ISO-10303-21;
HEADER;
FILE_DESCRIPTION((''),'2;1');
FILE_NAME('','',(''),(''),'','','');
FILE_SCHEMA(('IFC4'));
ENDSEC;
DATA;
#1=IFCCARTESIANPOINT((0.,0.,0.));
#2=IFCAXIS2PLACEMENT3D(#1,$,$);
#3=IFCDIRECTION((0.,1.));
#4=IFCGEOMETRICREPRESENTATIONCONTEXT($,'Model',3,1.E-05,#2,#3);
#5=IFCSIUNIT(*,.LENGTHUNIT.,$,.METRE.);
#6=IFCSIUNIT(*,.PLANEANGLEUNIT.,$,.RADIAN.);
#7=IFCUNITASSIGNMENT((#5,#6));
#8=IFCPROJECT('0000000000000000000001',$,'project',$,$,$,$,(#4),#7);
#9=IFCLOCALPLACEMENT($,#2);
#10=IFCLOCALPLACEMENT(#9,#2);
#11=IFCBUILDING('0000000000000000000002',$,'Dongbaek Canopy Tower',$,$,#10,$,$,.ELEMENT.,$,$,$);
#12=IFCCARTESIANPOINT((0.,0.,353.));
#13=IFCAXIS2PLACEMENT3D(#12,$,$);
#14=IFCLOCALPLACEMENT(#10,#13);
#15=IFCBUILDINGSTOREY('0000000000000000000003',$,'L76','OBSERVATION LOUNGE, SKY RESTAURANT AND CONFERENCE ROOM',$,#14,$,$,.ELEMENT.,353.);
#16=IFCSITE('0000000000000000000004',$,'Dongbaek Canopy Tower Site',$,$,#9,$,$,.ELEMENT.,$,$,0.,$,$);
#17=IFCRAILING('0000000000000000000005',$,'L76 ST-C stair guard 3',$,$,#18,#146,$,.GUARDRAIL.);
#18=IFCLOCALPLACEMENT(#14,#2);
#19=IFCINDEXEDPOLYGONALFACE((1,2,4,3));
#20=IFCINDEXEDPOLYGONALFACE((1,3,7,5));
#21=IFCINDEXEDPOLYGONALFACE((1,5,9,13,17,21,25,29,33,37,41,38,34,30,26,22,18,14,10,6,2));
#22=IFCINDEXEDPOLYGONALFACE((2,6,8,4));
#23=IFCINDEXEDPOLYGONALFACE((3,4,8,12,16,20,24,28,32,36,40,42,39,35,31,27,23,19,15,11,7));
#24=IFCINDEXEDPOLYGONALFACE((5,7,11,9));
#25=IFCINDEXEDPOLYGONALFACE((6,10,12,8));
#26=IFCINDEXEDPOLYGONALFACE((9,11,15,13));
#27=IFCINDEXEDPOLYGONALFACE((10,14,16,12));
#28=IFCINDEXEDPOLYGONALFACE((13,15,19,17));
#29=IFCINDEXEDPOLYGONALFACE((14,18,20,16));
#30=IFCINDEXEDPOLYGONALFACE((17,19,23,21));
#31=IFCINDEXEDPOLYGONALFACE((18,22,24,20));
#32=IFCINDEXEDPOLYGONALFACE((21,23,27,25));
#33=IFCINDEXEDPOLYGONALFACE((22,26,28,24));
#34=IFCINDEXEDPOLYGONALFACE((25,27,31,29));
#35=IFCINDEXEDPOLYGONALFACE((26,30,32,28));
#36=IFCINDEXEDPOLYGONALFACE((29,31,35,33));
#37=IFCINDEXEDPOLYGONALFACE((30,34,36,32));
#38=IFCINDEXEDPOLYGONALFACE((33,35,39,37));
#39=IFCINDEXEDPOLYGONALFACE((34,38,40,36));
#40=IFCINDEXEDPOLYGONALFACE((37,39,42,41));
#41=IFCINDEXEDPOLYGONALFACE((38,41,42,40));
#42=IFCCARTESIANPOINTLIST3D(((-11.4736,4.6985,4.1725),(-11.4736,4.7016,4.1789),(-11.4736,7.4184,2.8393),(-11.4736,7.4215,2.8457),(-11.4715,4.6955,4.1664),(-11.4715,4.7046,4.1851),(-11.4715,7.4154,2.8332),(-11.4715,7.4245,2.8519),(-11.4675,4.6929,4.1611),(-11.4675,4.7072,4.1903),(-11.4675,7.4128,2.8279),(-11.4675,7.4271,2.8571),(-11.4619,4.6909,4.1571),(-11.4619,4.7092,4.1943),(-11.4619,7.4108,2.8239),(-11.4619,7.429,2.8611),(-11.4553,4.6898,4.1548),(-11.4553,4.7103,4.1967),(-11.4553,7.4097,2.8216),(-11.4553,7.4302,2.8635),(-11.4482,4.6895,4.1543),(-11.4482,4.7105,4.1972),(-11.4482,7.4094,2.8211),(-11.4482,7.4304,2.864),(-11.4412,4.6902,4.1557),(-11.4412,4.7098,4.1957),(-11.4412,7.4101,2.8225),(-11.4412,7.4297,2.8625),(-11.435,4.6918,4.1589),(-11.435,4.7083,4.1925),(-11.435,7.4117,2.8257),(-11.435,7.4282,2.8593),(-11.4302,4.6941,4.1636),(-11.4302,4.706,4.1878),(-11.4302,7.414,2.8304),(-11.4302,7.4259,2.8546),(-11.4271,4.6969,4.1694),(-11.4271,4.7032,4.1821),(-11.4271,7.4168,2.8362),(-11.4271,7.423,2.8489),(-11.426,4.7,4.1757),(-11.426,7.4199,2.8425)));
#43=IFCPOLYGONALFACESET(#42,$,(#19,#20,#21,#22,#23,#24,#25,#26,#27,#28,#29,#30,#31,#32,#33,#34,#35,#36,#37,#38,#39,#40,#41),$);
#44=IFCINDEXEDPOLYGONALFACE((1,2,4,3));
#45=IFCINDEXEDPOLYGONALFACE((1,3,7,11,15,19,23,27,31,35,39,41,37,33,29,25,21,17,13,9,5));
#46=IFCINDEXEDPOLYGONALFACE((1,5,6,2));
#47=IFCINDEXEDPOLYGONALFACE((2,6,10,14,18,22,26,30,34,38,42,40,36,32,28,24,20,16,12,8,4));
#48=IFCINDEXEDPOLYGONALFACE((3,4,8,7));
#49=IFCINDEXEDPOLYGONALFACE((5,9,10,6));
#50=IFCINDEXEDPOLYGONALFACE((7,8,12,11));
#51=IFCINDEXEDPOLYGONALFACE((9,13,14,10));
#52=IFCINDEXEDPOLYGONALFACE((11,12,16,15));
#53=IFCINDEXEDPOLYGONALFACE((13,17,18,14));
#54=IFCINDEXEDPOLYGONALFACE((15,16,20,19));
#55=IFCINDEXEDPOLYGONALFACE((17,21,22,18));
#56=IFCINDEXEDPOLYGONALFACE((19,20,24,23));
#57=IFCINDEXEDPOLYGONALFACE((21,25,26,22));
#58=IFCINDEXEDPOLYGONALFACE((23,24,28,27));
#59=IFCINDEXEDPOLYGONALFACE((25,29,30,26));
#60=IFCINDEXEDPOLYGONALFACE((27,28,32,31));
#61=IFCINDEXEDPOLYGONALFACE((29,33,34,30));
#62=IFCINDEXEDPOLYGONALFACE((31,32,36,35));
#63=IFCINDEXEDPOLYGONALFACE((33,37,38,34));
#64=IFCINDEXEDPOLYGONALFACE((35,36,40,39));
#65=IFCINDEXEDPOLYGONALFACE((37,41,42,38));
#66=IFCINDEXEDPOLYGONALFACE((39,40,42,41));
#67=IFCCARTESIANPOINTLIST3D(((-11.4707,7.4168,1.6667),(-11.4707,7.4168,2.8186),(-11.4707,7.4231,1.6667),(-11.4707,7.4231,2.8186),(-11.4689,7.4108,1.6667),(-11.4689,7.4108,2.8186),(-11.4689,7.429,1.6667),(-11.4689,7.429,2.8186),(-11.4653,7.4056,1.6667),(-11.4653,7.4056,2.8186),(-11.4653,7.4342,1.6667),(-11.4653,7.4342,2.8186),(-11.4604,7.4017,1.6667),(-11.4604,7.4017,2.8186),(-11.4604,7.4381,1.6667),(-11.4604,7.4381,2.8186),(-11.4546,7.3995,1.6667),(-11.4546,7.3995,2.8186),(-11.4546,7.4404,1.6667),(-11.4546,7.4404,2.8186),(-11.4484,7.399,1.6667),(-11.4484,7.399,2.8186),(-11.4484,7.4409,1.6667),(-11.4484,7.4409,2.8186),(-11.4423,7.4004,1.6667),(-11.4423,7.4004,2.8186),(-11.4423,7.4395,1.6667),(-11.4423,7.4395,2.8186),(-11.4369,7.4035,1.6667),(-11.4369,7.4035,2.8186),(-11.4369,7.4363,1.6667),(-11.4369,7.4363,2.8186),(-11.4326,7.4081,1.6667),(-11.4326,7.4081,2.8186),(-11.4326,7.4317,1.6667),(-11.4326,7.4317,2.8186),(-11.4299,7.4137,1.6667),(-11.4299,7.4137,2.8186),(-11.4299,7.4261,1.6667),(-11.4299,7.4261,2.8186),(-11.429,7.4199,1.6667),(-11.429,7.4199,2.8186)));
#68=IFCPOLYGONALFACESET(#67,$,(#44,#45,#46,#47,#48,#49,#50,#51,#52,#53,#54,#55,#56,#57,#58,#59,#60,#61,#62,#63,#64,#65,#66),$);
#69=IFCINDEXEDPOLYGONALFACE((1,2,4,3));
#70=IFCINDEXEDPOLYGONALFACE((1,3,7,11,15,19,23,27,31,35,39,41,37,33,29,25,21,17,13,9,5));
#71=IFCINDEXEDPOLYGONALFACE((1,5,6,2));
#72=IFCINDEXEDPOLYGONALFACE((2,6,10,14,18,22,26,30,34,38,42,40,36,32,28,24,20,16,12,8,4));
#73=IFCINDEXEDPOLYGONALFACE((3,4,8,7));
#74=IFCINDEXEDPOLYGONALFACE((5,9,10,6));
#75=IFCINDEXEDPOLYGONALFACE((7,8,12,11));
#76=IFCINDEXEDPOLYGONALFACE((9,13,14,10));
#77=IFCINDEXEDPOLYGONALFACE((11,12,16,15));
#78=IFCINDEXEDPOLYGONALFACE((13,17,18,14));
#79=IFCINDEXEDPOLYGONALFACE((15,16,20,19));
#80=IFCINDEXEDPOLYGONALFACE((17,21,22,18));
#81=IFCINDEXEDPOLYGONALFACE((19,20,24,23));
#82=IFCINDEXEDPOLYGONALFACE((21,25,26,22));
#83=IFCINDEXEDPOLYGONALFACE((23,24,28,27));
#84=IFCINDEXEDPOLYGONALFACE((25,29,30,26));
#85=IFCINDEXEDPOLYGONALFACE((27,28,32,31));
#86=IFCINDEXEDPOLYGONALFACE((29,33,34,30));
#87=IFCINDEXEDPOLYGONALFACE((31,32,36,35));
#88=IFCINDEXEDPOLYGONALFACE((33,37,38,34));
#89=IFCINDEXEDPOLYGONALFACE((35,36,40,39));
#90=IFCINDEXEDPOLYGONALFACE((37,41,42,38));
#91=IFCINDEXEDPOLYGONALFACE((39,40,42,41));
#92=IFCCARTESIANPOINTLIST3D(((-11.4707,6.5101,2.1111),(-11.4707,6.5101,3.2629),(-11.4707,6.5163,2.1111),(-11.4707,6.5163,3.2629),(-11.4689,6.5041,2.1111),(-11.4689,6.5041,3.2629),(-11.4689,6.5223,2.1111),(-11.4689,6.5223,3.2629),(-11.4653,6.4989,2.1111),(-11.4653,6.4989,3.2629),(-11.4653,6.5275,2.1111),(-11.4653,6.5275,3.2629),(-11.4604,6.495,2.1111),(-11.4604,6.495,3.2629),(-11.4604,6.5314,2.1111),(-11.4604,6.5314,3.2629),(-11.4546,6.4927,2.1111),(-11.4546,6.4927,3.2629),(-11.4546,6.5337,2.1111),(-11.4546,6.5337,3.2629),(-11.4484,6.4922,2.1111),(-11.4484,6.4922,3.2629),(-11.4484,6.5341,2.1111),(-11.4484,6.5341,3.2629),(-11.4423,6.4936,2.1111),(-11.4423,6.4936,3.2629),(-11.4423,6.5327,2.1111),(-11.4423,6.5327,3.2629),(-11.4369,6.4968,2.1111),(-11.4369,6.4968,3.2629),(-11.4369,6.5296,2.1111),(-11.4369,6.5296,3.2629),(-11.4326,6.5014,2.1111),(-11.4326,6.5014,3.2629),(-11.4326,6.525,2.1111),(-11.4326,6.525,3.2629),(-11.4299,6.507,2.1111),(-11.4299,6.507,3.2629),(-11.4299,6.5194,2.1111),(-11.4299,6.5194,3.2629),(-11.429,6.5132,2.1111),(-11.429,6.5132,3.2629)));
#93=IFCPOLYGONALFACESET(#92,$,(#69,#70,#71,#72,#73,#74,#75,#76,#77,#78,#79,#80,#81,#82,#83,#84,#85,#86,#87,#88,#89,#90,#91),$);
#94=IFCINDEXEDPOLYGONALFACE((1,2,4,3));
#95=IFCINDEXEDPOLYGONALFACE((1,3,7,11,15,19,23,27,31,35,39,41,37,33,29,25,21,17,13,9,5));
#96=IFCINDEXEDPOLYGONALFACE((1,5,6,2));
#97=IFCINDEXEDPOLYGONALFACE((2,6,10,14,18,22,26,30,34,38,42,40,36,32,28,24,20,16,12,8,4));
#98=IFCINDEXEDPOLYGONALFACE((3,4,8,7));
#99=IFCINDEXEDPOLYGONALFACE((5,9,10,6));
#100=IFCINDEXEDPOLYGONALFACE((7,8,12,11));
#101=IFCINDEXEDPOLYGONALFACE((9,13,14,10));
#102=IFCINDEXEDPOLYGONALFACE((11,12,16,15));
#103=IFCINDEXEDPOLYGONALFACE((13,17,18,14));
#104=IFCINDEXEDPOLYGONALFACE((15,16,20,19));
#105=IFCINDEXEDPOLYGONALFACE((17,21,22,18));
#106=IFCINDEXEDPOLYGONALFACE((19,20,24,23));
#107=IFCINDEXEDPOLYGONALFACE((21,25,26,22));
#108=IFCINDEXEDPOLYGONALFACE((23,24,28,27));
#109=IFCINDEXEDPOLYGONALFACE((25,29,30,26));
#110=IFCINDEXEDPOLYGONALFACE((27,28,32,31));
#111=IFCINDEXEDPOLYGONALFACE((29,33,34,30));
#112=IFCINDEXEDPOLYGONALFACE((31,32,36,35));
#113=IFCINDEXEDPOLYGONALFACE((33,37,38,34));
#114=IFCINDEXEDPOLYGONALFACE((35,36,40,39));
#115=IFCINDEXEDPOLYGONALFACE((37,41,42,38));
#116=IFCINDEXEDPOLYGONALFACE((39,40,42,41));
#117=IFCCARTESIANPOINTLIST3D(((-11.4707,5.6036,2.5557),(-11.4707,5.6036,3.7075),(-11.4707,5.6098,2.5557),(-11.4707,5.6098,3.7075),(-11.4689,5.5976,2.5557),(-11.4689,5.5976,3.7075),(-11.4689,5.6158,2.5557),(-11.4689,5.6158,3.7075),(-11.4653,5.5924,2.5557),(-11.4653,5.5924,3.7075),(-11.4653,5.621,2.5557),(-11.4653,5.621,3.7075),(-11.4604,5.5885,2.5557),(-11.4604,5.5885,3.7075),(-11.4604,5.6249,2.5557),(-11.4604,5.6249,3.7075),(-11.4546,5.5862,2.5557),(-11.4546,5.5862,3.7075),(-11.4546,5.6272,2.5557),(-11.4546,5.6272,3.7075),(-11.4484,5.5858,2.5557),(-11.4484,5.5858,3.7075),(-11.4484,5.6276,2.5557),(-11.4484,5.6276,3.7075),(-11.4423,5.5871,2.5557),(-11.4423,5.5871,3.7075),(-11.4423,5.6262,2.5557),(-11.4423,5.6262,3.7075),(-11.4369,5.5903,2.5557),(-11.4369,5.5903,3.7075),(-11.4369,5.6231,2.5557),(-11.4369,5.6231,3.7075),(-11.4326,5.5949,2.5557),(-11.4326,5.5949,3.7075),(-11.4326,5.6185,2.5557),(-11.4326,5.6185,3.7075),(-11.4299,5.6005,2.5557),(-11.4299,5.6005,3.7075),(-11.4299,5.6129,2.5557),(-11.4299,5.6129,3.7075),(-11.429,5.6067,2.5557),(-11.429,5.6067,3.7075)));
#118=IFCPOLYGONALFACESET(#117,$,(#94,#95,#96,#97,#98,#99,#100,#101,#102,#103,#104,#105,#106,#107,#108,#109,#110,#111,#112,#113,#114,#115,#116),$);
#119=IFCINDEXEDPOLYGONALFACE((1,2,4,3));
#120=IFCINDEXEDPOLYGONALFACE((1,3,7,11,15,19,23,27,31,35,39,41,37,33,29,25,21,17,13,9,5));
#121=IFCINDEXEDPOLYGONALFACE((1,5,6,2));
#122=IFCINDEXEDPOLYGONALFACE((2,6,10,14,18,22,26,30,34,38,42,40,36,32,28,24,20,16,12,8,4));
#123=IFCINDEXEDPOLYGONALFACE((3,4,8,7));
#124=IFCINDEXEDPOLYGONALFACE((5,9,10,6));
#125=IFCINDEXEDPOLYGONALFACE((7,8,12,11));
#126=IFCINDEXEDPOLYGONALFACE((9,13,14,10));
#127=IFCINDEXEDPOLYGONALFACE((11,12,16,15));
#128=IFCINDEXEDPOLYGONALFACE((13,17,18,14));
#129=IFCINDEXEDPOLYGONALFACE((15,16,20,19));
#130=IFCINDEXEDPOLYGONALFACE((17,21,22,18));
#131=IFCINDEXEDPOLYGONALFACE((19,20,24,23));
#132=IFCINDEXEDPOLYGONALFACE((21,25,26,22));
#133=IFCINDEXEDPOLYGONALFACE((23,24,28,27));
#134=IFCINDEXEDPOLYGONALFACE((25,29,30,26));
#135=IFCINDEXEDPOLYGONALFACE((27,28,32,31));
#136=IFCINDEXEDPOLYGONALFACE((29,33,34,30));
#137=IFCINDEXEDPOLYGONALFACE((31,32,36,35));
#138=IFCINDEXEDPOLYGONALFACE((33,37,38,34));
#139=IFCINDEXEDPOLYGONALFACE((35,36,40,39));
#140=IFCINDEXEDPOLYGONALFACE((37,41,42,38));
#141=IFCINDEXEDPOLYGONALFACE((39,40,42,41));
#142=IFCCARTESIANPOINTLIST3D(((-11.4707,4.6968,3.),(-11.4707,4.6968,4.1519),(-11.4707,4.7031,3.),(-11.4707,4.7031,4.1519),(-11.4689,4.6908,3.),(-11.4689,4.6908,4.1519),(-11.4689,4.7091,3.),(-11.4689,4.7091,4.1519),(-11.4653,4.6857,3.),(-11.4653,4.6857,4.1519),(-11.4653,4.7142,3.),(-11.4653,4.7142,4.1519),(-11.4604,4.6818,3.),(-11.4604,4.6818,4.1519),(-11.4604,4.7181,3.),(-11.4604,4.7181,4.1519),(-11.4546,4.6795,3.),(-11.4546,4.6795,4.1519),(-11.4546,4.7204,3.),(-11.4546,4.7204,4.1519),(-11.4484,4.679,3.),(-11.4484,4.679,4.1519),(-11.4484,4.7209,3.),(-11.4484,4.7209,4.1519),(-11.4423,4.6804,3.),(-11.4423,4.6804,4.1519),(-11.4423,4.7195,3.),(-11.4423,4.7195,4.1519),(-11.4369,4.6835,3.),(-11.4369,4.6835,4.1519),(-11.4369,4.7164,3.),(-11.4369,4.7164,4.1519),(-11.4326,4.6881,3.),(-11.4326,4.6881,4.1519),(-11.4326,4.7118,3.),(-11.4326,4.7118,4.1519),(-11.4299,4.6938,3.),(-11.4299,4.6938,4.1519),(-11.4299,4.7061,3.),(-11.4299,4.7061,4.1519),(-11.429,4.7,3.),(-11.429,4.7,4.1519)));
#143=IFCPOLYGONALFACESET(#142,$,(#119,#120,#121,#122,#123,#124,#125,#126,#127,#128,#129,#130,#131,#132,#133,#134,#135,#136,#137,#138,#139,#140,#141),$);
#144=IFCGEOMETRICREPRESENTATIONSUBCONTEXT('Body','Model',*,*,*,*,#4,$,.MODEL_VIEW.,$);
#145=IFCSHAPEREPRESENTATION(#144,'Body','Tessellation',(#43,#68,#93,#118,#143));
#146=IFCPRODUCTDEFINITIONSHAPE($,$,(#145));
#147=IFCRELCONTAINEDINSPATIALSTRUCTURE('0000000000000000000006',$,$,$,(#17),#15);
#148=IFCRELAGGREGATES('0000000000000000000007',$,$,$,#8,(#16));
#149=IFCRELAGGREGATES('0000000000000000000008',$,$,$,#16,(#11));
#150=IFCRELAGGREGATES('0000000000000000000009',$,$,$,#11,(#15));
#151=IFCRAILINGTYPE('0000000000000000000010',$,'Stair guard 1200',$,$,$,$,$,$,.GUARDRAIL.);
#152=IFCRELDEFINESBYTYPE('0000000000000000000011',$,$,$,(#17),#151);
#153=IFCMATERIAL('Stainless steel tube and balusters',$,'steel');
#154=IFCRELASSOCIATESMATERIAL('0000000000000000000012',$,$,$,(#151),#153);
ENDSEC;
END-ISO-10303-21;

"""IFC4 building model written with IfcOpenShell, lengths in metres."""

from ifc_helpers import new_model, si_unit, direction, frame, origin, origin_2d, place, context, subcontext, project, spatial, circle, extrude, material, type_object, element, save


model = new_model("IFC4")

# Units and contexts
model_context = context("Model", 3, precision=1e-05, world=origin(), true_north=direction((0.0, 1.0)))
body_context = subcontext(model_context, "Body", "Model", "MODEL_VIEW")
ifc_project = project(units=[si_unit("LENGTHUNIT", "METRE"), si_unit("PLANEANGLEUNIT", "RADIAN")], contexts=[model_context])

# Site, building, storey
site_placement = place(None, origin())
site = spatial("IfcSite", under=ifc_project, at=site_placement, Name="Dongbaek Canopy Tower Site", CompositionType="ELEMENT", RefElevation=0.0)
building_placement = place(site_placement, origin())
building = spatial("IfcBuilding", under=site, at=building_placement, Name="Dongbaek Canopy Tower", CompositionType="ELEMENT")
storey_placement = place(building_placement, frame((0.0, 0.0, 353.0)))
storey = spatial("IfcBuildingStorey", under=building, at=storey_placement, Name="L76", Description="OBSERVATION LOUNGE, SKY RESTAURANT AND CONFERENCE ROOM", CompositionType="ELEMENT", Elevation=353.0)

# Railing
ifc_material_1 = material(Name="Stainless steel tube and balusters", Category="steel")
railing_type = type_object("IfcRailingType", Name="Stair guard 1200", PredefinedType="GUARDRAIL", material=ifc_material_1)
railing_1_placement = place(storey_placement, frame((-11.45, 7.4199, 1.6667)))
element("IfcRailing", 1, at=railing_1_placement, inside=storey, type_object=railing_type, Name="L76 ST-C stair guard 3", PredefinedType="GUARDRAIL", context=body_context, shape_type="SweptSolid", body=[
    extrude(circle(Radius=0.0239, at=origin_2d()), frame((0.0, 0.0, 1.1758), z_axis=(0.0, -0.897929, 0.440139), x_axis=(1.0, 0.0, 0.0)), (0.0, 0.0, 1.0), 3.0291),
    extrude(circle(Radius=0.021, at=origin_2d()), origin(), (0.0, 0.0, 1.0), 1.1519),
    extrude(circle(Radius=0.021, at=origin_2d()), frame((0.0, -0.9067, 0.4443)), (0.0, 0.0, 1.0), 1.1519),
    extrude(circle(Radius=0.021, at=origin_2d()), frame((0.0, -1.8132, 0.8889)), (0.0, 0.0, 1.0), 1.1519),
    extrude(circle(Radius=0.021, at=origin_2d()), frame((0.0, -2.72, 1.3333)), (0.0, 0.0, 1.0), 1.1519),
])

save(model, "model.ifc")
